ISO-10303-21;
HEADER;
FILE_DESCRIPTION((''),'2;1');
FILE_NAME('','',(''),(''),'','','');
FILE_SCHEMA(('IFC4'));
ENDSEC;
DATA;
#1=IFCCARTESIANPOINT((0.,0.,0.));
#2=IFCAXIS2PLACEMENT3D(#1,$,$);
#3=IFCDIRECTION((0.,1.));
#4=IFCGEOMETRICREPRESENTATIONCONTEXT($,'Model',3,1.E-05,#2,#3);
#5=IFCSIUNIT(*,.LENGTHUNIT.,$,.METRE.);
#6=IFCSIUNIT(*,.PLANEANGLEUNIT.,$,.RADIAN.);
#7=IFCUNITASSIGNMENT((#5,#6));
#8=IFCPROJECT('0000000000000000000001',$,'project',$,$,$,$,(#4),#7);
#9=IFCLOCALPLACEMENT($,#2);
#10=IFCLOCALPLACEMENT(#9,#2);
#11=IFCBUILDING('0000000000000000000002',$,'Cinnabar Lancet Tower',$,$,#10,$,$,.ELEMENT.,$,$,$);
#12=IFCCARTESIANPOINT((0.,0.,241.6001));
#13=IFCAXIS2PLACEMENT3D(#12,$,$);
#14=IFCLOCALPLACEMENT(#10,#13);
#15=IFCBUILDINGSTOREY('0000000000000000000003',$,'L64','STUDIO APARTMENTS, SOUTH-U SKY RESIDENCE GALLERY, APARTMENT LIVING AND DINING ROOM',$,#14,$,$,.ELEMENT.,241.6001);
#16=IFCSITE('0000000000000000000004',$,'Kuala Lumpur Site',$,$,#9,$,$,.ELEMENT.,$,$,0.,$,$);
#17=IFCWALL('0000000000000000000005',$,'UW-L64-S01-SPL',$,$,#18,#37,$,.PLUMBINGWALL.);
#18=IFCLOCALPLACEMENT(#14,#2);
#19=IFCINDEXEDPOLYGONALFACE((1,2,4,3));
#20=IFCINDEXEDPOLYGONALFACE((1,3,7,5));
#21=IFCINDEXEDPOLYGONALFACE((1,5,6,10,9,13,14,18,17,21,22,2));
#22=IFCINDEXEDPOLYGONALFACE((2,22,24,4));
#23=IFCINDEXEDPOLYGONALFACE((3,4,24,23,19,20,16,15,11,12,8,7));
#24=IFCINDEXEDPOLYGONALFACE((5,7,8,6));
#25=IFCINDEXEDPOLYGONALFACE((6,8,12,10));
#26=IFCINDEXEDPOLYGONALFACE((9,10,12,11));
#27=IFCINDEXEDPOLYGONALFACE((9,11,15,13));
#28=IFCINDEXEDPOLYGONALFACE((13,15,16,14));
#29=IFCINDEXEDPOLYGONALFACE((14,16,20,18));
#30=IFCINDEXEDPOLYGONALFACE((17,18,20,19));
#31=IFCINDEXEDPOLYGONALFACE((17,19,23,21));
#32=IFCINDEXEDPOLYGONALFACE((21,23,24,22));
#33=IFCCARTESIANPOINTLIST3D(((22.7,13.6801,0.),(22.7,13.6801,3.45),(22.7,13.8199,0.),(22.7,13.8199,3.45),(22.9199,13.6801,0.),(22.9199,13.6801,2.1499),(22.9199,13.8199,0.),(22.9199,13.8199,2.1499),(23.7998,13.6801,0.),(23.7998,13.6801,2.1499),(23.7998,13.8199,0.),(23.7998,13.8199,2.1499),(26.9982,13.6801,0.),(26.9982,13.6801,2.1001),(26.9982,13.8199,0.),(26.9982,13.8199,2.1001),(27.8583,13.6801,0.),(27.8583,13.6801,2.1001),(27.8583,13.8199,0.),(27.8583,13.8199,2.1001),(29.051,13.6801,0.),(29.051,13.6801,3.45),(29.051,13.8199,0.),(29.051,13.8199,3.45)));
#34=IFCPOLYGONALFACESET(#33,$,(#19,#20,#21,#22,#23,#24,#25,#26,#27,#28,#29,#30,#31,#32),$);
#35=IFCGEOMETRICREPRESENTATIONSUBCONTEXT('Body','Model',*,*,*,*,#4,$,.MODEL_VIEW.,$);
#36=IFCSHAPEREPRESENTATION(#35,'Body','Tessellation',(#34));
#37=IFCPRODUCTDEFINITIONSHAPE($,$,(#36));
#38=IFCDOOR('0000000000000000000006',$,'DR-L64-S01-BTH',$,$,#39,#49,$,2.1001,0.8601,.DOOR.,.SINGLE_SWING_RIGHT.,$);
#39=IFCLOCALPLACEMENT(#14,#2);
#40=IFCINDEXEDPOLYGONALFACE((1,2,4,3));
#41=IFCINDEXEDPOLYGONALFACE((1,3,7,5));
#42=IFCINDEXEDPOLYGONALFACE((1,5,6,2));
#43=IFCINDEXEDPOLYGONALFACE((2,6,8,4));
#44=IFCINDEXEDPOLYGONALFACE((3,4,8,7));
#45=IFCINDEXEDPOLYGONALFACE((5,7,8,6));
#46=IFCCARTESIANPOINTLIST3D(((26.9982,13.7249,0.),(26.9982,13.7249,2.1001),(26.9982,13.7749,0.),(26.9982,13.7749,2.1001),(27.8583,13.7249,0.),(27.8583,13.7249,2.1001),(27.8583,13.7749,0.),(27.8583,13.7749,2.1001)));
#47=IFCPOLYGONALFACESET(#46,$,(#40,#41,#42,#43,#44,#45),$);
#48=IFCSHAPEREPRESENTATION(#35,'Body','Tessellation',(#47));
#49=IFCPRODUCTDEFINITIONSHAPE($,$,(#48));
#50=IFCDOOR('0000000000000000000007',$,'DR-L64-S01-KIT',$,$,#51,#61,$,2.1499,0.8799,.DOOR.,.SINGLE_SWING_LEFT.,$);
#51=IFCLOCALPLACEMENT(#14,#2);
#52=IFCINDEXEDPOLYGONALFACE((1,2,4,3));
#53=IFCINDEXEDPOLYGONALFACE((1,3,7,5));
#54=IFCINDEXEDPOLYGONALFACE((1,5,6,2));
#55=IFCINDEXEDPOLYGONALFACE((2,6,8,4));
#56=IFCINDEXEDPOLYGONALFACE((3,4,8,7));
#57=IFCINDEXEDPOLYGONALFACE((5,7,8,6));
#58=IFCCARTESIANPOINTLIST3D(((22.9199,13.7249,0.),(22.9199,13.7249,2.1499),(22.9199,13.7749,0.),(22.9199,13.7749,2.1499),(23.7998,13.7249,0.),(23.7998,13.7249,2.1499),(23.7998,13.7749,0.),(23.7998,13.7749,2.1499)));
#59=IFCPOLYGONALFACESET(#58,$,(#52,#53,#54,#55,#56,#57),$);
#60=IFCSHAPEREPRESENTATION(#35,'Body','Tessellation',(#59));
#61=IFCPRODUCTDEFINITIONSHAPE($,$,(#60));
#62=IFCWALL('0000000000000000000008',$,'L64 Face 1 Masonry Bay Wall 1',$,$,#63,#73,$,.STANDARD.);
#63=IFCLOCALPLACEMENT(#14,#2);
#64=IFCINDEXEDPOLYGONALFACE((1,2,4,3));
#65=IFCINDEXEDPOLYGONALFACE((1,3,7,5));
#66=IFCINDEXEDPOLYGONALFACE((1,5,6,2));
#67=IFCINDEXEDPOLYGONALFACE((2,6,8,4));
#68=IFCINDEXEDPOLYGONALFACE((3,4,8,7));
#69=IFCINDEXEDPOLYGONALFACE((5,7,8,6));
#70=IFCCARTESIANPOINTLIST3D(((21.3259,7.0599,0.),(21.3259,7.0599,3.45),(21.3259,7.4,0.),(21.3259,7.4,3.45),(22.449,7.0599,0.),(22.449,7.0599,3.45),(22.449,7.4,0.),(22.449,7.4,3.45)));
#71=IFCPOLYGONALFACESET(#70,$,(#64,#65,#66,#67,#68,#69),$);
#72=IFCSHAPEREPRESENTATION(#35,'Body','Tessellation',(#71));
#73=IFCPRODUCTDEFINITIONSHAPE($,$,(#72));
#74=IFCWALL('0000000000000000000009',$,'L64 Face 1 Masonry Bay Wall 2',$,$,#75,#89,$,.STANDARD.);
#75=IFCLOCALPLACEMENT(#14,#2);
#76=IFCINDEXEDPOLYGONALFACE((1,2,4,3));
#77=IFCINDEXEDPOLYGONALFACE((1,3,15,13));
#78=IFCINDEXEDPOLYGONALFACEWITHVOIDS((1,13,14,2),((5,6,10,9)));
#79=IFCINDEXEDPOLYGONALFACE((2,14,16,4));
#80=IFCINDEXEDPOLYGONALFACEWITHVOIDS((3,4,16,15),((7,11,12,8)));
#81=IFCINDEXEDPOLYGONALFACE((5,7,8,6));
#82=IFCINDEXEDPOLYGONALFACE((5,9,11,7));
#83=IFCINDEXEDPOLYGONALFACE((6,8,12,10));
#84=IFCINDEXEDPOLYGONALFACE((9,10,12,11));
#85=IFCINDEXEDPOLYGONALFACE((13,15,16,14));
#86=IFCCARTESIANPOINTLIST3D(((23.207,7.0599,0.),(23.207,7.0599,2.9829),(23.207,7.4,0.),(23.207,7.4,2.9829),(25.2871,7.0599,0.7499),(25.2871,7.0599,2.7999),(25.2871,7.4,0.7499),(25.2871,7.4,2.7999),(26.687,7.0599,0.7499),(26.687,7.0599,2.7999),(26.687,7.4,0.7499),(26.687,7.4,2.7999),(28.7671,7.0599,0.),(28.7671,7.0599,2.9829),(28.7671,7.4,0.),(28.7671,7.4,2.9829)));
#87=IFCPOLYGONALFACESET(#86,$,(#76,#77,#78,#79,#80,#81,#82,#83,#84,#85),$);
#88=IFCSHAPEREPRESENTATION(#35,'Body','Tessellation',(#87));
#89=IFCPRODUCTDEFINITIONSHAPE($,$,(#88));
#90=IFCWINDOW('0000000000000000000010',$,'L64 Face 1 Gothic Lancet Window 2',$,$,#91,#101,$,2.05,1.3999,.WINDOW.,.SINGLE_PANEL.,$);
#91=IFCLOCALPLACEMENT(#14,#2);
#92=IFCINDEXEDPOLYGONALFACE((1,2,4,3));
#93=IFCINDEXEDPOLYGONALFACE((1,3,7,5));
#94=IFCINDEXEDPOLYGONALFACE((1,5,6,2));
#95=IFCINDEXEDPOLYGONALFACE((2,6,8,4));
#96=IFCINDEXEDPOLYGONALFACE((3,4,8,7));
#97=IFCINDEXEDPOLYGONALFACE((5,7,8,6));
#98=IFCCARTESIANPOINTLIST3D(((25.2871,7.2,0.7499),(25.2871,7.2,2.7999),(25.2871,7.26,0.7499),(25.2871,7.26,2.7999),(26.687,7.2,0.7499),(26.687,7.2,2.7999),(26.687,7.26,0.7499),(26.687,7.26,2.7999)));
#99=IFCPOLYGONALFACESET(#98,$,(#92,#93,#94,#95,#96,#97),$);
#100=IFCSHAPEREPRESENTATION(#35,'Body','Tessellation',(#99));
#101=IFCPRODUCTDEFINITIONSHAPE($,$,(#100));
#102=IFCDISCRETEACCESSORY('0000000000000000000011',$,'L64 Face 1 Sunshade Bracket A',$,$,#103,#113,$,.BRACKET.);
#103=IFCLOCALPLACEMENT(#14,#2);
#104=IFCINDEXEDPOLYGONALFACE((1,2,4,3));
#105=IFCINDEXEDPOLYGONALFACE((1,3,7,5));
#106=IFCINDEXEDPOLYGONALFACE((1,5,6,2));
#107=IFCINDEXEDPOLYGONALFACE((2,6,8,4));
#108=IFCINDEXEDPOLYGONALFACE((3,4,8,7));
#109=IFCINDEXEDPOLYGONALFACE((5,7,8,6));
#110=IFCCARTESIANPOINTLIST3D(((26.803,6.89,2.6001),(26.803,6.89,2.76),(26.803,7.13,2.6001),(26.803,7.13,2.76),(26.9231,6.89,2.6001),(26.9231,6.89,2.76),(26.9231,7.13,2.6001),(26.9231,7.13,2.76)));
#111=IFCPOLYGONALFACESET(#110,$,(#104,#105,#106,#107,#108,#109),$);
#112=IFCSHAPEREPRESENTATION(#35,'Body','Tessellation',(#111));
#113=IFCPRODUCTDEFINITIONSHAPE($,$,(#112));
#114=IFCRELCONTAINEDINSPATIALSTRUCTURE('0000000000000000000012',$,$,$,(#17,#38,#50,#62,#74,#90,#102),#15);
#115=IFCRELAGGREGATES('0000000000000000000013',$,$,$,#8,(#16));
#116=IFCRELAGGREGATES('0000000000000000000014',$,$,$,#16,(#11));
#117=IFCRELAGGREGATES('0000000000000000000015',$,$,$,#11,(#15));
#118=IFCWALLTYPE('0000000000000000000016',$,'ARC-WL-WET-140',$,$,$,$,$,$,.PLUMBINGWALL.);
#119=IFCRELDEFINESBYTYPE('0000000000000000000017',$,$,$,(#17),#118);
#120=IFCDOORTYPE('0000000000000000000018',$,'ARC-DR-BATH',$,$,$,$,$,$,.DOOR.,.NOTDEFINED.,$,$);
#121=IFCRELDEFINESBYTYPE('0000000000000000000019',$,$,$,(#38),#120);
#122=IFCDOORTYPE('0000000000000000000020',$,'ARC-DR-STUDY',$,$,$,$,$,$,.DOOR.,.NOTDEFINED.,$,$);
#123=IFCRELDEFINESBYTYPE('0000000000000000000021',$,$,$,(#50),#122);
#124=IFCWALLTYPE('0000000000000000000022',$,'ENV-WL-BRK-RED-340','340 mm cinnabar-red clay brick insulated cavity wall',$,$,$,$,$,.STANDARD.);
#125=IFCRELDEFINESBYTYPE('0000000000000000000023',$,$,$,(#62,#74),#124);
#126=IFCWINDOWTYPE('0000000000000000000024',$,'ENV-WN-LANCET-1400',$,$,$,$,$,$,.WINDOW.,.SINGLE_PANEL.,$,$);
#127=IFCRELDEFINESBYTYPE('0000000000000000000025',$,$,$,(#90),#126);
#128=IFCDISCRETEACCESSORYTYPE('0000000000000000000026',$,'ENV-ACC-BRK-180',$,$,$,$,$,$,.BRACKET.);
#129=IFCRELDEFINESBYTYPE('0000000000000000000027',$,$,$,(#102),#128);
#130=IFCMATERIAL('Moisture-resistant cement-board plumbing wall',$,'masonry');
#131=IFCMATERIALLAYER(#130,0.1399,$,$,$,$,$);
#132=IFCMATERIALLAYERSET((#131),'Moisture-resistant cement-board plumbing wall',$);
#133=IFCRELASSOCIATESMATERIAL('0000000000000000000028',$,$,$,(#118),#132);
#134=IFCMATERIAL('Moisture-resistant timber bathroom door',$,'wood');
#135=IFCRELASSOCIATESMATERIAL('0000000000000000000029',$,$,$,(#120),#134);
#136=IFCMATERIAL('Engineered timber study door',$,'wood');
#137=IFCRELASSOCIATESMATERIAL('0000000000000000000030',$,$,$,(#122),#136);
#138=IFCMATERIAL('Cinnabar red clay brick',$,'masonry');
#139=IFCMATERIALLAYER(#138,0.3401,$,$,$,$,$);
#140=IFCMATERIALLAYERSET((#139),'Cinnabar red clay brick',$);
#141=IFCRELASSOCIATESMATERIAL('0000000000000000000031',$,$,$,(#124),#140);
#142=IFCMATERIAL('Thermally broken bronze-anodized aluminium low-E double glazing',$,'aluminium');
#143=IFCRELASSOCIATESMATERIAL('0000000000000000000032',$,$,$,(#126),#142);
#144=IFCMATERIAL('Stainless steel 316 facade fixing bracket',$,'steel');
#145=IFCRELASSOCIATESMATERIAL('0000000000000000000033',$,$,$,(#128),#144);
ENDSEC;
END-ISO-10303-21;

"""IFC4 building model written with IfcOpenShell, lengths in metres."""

from ifc_helpers import new_model, si_unit, direction, frame, frame_2d, origin, origin_2d, place, context, subcontext, project, spatial, rectangle, extrude, material, layer, layer_set, type_object, element, fill, save


model = new_model("IFC4")

# Units and contexts
model_context = context("Model", 3, precision=1e-05, world=origin(), true_north=direction((0.0, 1.0)))
body_context = subcontext(model_context, "Body", "Model", "MODEL_VIEW")
ifc_project = project(units=[si_unit("LENGTHUNIT", "METRE"), si_unit("PLANEANGLEUNIT", "RADIAN")], contexts=[model_context])

# Site, building, storey
site_placement = place(None, origin())
site = spatial("IfcSite", under=ifc_project, at=site_placement, Name="Kuala Lumpur Site", CompositionType="ELEMENT", RefElevation=0.0)
building_placement = place(site_placement, origin())
building = spatial("IfcBuilding", under=site, at=building_placement, Name="Cinnabar Lancet Tower", CompositionType="ELEMENT")
storey_placement = place(building_placement, frame((0.0, 0.0, 241.6001)))
storey = spatial("IfcBuildingStorey", under=building, at=storey_placement, Name="L64", Description="STUDIO APARTMENTS, SOUTH-U SKY RESIDENCE GALLERY, APARTMENT LIVING AND DINING ROOM", CompositionType="ELEMENT", Elevation=241.6001)

# Wall, openings, doors
ifc_material_1 = material(Name="Moisture-resistant cement-board plumbing wall", Category="masonry")
ifc_layer_1 = layer(ifc_material_1, 0.1399)
ifc_layer_set_1 = layer_set([ifc_layer_1], Name="Moisture-resistant cement-board plumbing wall")
wall_type_1 = type_object("IfcWallType", Name="ARC-WL-WET-140", PredefinedType="PLUMBINGWALL", material=ifc_layer_set_1)
wall_1_placement = place(storey_placement, frame((22.7, 13.75, 0.0), z_axis=(0.0, 0.0, 1.0), x_axis=(1.0, 0.0, 0.0)))
wall_1 = element("IfcWall", 1, at=wall_1_placement, inside=storey, type_object=wall_type_1, Name="UW-L64-S01-SPL", PredefinedType="PLUMBINGWALL", context=body_context, shape_type="SweptSolid", body=[
    extrude(rectangle(XDim=6.3511, YDim=0.1399, at=frame_2d((3.1755, 0.0))), origin(), (0.0, 0.0, 1.0), 3.45),
])
opening_1_placement = place(wall_1_placement, frame((4.2981, 0.0, 0.0)))
opening_1 = element("IfcOpeningElement", 2, at=opening_1_placement, cuts=wall_1, PredefinedType="OPENING", context=body_context, shape_type="SweptSolid", body=[
    extrude(rectangle(XDim=0.8601, YDim=2.1001, at=frame_2d((0.4302, 1.05))), frame((0.0, 0.0798, 0.0), z_axis=(0.0, -1.0, 0.0), x_axis=(1.0, 0.0, 0.0)), (0.0, 0.0, 1.0), 0.1599),
])
opening_2_placement = place(wall_1_placement, frame((0.22, 0.0, 0.0)))
opening_2 = element("IfcOpeningElement", 3, at=opening_2_placement, cuts=wall_1, PredefinedType="OPENING", context=body_context, shape_type="SweptSolid", body=[
    extrude(rectangle(XDim=0.8799, YDim=2.1499, at=frame_2d((0.4399, 1.075))), frame((0.0, 0.0798, 0.0), z_axis=(0.0, -1.0, 0.0), x_axis=(1.0, 0.0, 0.0)), (0.0, 0.0, 1.0), 0.1599),
])
ifc_material_2 = material(Name="Moisture-resistant timber bathroom door", Category="wood")
door_type_1 = type_object("IfcDoorType", Name="ARC-DR-BATH", OperationType="NOTDEFINED", PredefinedType="DOOR", material=ifc_material_2)
door_1_placement = place(opening_1_placement, origin())
door_1 = element("IfcDoor", 4, at=door_1_placement, inside=storey, type_object=door_type_1, Name="DR-L64-S01-BTH", OperationType="SINGLE_SWING_RIGHT", OverallHeight=2.1001, OverallWidth=0.8601, PredefinedType="DOOR", context=body_context, shape_type="SweptSolid", body=[
    extrude(rectangle(XDim=0.8601, YDim=2.1001, at=frame_2d((0.4302, 1.05))), frame((0.0, 0.0249, 0.0), z_axis=(0.0, -1.0, 0.0), x_axis=(1.0, 0.0, 0.0)), (0.0, 0.0, 1.0), 0.05),
])
fill(opening_1, door_1)
ifc_material_3 = material(Name="Engineered timber study door", Category="wood")
door_type_2 = type_object("IfcDoorType", Name="ARC-DR-STUDY", OperationType="NOTDEFINED", PredefinedType="DOOR", material=ifc_material_3)
door_2_placement = place(opening_2_placement, origin())
door_2 = element("IfcDoor", 5, at=door_2_placement, inside=storey, type_object=door_type_2, Name="DR-L64-S01-KIT", OperationType="SINGLE_SWING_LEFT", OverallHeight=2.1499, OverallWidth=0.8799, PredefinedType="DOOR", context=body_context, shape_type="SweptSolid", body=[
    extrude(rectangle(XDim=0.8799, YDim=2.1499, at=frame_2d((0.4399, 1.075))), frame((0.0, 0.0249, 0.0), z_axis=(0.0, -1.0, 0.0), x_axis=(1.0, 0.0, 0.0)), (0.0, 0.0, 1.0), 0.05),
])
fill(opening_2, door_2)

# Wall
ifc_material_4 = material(Name="Cinnabar red clay brick", Category="masonry")
ifc_layer_2 = layer(ifc_material_4, 0.3401)
ifc_layer_set_2 = layer_set([ifc_layer_2], Name="Cinnabar red clay brick")
wall_type_2 = type_object("IfcWallType", Name="ENV-WL-BRK-RED-340", Description="340 mm cinnabar-red clay brick insulated cavity wall", PredefinedType="STANDARD", material=ifc_layer_set_2)
wall_2_placement = place(storey_placement, frame((21.3259, 7.23, 0.0), z_axis=(0.0, 0.0, 1.0), x_axis=(1.0, 0.0, 0.0)))
element("IfcWall", 6, at=wall_2_placement, inside=storey, type_object=wall_type_2, Name="L64 Face 1 Masonry Bay Wall 1", PredefinedType="STANDARD", context=body_context, shape_type="SweptSolid", body=[
    extrude(rectangle(XDim=1.123, YDim=0.3401, at=frame_2d((0.5615, 0.0))), origin(), (0.0, 0.0, 1.0), 3.45),
])

# Wall, opening, window
wall_3_placement = place(storey_placement, frame((23.207, 7.23, 0.0), z_axis=(0.0, 0.0, 1.0), x_axis=(1.0, 0.0, 0.0)))
wall_3 = element("IfcWall", 7, at=wall_3_placement, inside=storey, type_object=wall_type_2, Name="L64 Face 1 Masonry Bay Wall 2", PredefinedType="STANDARD", context=body_context, shape_type="SweptSolid", body=[
    extrude(rectangle(XDim=5.5601, YDim=0.3401, at=frame_2d((2.78, 0.0))), origin(), (0.0, 0.0, 1.0), 2.9829),
])
opening_3_placement = place(wall_3_placement, frame((2.0801, 0.0, 0.75)))
opening_3 = element("IfcOpeningElement", 8, at=opening_3_placement, cuts=wall_3, PredefinedType="OPENING", context=body_context, shape_type="SweptSolid", body=[
    extrude(rectangle(XDim=1.3999, YDim=2.05, at=frame_2d((0.7, 1.0249))), frame((0.0, 0.1799, 0.0), z_axis=(0.0, -1.0, 0.0), x_axis=(1.0, 0.0, 0.0)), (0.0, 0.0, 1.0), 0.3601),
])
ifc_material_5 = material(Name="Thermally broken bronze-anodized aluminium low-E double glazing", Category="aluminium")
window_type = type_object("IfcWindowType", Name="ENV-WN-LANCET-1400", PartitioningType="SINGLE_PANEL", PredefinedType="WINDOW", material=ifc_material_5)
window_placement = place(opening_3_placement, origin())
window = element("IfcWindow", 9, at=window_placement, inside=storey, type_object=window_type, Name="L64 Face 1 Gothic Lancet Window 2", OverallHeight=2.05, OverallWidth=1.3999, PartitioningType="SINGLE_PANEL", PredefinedType="WINDOW", context=body_context, shape_type="SweptSolid", body=[
    extrude(rectangle(XDim=1.3999, YDim=2.05, at=frame_2d((0.7, 1.0249))), frame((0.0, 0.03, 0.0), z_axis=(0.0, -1.0, 0.0), x_axis=(1.0, 0.0, 0.0)), (0.0, 0.0, 1.0), 0.0601),
])
fill(opening_3, window)

# Discrete accessory
ifc_material_6 = material(Name="Stainless steel 316 facade fixing bracket", Category="steel")
discrete_accessory_type = type_object("IfcDiscreteAccessoryType", Name="ENV-ACC-BRK-180", PredefinedType="BRACKET", material=ifc_material_6)
discrete_accessory_placement = place(storey_placement, frame((26.863, 7.01, 2.6001), z_axis=(0.0, 0.0, 1.0), x_axis=(1.0, 0.0, 0.0)))
element("IfcDiscreteAccessory", 10, at=discrete_accessory_placement, inside=storey, type_object=discrete_accessory_type, Name="L64 Face 1 Sunshade Bracket A", PredefinedType="BRACKET", context=body_context, shape_type="SweptSolid", body=[
    extrude(rectangle(XDim=0.1201, YDim=0.24, at=origin_2d()), origin(), (0.0, 0.0, 1.0), 0.1599),
])

save(model, "model.ifc")
